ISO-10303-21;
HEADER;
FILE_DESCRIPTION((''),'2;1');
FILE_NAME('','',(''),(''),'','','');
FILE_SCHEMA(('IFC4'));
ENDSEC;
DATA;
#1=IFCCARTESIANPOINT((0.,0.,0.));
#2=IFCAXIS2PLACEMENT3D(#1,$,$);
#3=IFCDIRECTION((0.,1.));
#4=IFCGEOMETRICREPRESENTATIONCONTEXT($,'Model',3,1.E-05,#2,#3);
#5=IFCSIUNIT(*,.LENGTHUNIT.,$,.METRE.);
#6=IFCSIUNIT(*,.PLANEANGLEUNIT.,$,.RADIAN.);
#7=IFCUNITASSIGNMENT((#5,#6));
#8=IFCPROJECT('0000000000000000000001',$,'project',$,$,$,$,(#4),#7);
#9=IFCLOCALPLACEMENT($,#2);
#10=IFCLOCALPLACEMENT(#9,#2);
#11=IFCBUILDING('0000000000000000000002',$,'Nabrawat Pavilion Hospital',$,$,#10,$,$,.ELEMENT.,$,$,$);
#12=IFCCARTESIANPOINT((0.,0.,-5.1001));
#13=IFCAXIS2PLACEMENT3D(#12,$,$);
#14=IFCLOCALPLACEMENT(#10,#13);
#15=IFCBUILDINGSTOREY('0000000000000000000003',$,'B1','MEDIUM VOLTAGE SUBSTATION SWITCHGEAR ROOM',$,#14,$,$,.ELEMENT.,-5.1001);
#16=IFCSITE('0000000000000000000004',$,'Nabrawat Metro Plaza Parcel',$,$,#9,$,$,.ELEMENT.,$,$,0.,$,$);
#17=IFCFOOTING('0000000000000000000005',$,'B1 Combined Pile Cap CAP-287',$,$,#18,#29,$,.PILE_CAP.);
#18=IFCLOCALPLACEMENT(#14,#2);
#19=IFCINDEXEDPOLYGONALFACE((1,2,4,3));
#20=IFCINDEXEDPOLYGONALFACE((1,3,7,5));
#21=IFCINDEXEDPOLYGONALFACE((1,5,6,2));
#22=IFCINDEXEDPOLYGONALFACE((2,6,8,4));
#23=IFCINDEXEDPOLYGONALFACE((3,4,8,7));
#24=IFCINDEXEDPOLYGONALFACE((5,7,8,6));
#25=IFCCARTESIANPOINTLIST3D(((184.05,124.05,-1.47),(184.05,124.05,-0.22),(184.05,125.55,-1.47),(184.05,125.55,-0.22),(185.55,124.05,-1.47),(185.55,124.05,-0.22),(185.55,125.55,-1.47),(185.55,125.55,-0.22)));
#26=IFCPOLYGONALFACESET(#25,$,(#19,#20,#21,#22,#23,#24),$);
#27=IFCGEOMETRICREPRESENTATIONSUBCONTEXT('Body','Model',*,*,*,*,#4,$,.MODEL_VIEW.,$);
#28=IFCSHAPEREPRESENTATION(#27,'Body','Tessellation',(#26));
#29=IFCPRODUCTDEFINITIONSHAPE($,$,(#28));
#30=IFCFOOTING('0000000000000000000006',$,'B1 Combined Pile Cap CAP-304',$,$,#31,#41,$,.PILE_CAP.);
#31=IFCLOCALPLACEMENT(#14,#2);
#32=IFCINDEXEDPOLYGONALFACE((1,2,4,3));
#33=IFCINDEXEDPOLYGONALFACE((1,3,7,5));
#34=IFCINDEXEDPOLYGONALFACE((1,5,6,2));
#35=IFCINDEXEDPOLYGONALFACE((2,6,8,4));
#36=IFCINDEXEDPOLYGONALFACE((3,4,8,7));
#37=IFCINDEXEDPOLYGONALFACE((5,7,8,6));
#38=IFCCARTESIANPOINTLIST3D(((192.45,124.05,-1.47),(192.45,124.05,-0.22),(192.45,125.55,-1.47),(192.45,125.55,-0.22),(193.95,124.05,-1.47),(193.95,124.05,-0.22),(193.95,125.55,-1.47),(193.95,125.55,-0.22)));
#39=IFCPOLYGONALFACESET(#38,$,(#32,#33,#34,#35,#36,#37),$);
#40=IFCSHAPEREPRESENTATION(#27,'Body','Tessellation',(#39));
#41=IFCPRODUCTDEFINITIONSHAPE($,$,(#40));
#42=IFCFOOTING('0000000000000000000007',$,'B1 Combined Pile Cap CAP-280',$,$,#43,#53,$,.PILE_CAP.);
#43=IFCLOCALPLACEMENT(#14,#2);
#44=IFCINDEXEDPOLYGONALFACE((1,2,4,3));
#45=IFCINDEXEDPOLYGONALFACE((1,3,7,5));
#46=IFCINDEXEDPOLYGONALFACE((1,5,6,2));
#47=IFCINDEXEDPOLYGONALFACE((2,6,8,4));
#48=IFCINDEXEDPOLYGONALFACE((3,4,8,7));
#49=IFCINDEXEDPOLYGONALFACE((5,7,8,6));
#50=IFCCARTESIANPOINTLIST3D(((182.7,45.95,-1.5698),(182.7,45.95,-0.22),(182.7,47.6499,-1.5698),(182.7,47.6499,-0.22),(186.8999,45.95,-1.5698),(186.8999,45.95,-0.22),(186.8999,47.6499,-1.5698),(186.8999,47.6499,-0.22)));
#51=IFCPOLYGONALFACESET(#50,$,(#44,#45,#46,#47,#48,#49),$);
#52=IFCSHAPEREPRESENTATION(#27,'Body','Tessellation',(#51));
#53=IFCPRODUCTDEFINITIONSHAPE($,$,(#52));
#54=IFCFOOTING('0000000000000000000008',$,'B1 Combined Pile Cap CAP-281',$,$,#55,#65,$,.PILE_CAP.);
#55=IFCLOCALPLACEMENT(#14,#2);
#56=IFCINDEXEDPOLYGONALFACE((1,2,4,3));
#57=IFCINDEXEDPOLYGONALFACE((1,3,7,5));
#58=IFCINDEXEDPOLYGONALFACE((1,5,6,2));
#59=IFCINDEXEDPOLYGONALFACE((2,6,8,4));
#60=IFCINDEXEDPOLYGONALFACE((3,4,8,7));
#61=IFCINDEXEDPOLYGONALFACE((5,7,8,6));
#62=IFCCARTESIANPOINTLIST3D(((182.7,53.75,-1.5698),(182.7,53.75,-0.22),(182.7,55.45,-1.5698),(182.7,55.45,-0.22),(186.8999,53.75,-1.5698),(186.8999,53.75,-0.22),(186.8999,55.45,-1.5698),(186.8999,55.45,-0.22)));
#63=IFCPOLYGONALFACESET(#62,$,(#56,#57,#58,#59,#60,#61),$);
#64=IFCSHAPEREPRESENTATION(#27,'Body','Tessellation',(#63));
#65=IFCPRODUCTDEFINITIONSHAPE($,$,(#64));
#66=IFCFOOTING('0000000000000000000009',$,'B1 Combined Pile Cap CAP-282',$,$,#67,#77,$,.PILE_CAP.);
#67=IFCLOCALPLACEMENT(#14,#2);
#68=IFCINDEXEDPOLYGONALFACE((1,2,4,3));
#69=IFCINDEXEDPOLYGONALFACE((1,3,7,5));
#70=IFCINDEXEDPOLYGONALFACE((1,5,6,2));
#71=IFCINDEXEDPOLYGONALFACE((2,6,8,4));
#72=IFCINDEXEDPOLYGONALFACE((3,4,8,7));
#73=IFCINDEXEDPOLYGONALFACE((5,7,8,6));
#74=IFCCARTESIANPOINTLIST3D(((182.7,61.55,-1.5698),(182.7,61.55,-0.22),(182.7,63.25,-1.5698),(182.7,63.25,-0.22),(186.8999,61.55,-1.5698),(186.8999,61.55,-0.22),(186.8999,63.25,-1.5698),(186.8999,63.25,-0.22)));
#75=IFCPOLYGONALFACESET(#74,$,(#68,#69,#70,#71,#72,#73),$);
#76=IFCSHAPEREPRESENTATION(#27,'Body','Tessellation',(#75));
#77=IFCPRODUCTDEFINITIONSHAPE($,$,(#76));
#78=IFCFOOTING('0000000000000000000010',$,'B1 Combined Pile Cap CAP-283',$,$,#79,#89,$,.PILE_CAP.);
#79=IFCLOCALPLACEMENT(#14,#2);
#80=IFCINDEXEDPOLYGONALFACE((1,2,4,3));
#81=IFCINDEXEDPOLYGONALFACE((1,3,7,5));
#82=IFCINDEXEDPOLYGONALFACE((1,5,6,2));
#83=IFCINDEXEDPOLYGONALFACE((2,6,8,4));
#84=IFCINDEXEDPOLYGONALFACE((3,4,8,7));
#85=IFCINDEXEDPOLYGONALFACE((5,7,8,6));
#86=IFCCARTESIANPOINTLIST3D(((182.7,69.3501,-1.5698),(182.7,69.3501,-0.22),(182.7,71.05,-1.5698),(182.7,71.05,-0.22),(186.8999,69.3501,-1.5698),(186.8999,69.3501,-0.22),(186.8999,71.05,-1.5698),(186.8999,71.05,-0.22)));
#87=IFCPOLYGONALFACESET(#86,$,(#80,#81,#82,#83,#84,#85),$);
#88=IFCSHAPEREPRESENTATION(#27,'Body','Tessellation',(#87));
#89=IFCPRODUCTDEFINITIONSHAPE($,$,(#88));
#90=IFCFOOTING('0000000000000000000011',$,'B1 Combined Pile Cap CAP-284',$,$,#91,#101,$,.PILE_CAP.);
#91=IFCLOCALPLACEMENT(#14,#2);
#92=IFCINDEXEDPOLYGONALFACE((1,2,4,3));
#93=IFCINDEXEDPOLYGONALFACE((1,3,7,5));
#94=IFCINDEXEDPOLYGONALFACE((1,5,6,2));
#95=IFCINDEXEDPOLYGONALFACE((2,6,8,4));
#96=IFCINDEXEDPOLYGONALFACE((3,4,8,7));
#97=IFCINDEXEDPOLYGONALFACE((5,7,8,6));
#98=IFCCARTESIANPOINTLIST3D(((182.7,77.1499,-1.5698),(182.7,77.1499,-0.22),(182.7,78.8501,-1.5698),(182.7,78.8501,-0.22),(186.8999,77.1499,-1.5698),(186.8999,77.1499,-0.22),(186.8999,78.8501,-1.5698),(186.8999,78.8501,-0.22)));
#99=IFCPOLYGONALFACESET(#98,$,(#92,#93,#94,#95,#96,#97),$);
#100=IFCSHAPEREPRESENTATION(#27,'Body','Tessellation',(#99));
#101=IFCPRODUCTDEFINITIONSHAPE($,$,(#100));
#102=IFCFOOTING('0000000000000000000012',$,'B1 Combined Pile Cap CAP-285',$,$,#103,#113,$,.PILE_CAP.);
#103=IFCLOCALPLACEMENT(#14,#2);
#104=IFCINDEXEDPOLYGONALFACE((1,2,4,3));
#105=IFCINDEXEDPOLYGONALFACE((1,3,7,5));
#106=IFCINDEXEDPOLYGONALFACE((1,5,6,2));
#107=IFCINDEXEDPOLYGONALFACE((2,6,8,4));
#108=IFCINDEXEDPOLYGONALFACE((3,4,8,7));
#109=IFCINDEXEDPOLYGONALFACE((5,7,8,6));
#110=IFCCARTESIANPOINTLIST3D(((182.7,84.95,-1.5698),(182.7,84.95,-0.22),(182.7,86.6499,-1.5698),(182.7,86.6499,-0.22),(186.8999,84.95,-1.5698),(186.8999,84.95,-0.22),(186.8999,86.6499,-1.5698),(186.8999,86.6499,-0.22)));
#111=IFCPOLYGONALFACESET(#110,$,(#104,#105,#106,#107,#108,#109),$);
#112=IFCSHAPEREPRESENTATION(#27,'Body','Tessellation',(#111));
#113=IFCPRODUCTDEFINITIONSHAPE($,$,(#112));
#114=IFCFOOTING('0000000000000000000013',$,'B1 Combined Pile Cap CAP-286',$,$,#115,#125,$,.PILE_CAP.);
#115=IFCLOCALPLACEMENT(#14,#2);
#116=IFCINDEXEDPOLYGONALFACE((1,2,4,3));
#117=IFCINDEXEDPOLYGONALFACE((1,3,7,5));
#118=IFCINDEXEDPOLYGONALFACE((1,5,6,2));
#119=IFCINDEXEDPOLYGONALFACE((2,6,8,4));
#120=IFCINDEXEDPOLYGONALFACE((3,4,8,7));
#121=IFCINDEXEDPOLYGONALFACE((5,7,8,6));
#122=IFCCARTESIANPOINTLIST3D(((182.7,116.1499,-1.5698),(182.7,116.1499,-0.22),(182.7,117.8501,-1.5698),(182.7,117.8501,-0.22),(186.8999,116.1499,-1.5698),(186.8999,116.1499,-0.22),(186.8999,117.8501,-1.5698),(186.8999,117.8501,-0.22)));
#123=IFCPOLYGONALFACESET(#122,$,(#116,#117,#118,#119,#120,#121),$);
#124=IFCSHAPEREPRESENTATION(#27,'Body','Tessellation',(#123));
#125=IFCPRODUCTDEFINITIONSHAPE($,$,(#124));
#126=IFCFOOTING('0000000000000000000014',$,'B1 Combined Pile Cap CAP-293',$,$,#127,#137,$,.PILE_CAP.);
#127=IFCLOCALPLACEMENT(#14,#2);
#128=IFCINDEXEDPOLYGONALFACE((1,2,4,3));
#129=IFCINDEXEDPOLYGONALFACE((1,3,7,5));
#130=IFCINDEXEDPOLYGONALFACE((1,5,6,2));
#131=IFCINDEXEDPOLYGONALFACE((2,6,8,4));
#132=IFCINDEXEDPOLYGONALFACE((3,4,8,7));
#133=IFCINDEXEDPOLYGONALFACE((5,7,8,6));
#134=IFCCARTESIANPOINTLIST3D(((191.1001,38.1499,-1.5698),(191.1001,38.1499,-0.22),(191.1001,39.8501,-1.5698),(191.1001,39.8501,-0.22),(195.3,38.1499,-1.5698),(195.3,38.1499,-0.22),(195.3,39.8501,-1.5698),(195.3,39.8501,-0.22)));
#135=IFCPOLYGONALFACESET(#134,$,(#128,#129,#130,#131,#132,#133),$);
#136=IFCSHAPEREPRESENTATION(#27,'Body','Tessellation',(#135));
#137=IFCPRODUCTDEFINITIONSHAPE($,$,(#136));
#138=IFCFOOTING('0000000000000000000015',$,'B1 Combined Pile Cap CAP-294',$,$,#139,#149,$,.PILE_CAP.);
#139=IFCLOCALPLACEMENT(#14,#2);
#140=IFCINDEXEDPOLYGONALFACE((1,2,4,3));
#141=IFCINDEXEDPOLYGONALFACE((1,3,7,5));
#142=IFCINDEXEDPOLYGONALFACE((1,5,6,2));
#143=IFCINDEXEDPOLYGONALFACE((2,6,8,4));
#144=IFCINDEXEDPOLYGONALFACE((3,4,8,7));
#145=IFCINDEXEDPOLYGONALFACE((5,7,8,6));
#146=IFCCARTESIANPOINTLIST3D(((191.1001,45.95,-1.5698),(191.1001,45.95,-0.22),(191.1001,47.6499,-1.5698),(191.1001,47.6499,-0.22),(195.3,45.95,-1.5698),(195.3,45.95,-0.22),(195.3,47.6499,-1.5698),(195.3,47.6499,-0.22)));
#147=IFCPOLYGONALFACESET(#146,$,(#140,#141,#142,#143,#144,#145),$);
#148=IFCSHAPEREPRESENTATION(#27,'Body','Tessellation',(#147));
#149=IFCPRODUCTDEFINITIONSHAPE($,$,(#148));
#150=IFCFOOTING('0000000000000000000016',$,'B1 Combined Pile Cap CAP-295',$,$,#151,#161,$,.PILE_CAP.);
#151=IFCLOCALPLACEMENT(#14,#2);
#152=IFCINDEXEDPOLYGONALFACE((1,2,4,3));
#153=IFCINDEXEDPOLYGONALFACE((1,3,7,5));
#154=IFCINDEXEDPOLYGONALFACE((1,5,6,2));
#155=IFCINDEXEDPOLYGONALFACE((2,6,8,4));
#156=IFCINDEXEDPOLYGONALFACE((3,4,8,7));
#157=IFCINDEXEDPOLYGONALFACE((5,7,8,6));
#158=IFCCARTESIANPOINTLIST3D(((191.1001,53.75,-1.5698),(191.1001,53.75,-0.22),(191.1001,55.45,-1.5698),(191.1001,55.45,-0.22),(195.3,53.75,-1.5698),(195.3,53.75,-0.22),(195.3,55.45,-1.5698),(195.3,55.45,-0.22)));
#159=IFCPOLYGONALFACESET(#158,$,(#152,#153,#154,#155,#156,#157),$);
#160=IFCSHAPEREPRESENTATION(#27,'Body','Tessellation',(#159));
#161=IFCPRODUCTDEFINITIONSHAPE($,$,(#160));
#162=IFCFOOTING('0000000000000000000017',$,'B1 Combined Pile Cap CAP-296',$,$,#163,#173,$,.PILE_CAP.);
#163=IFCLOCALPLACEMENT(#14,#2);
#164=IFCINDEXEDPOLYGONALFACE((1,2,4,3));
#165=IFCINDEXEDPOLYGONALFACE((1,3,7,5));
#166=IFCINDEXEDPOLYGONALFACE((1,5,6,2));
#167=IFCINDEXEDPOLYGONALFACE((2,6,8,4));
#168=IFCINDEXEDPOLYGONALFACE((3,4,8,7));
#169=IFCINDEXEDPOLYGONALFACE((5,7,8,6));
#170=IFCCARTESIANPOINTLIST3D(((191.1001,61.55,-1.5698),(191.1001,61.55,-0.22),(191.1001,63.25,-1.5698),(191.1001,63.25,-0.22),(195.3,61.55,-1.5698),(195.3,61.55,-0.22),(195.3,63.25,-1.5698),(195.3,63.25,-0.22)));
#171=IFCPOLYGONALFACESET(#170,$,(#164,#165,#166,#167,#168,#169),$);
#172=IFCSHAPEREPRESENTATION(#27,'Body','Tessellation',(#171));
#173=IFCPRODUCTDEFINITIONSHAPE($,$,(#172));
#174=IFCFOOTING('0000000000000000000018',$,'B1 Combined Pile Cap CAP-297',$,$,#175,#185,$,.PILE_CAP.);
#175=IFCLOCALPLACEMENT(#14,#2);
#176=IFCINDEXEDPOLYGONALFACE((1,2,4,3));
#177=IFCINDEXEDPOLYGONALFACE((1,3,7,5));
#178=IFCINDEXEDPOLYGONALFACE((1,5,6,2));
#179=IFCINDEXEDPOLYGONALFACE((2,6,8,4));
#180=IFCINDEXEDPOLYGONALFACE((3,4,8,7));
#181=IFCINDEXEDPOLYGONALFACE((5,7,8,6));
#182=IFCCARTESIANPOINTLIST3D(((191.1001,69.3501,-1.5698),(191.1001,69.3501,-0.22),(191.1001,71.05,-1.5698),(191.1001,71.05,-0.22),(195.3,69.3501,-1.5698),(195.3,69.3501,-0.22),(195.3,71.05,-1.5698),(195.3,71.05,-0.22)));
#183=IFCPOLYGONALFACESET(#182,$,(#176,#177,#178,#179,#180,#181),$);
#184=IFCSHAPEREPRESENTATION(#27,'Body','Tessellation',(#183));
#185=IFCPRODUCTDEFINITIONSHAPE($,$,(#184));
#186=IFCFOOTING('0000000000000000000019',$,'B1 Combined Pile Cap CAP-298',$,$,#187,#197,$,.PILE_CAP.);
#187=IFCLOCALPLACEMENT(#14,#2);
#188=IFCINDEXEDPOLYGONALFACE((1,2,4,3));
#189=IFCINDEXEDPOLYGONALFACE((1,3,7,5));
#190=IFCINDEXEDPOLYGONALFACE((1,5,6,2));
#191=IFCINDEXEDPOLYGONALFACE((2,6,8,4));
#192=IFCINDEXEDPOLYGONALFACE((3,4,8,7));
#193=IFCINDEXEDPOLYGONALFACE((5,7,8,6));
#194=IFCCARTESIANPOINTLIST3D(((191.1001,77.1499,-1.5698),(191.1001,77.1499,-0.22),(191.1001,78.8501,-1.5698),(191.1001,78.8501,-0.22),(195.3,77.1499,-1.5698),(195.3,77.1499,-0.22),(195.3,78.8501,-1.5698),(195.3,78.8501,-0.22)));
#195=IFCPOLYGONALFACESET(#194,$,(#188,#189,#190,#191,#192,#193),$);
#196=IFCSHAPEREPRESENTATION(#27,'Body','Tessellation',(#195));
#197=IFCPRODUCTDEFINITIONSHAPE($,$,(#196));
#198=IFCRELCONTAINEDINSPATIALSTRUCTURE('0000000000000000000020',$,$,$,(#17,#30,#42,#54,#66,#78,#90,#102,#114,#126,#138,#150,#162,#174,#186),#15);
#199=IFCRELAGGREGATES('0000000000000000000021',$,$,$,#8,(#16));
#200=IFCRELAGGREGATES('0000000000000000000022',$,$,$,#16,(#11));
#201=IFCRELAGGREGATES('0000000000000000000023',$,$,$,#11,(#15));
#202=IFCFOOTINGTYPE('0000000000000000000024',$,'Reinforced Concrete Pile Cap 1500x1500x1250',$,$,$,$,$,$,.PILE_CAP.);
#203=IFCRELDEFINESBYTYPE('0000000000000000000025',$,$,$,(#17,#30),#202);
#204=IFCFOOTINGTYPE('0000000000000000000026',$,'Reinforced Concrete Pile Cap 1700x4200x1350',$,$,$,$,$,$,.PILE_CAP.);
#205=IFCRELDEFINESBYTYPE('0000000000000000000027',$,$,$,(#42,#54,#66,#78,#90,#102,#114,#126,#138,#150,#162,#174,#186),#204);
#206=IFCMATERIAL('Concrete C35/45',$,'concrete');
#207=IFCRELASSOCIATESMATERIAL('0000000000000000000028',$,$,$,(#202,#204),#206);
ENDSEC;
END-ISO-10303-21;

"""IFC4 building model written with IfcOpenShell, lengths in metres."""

from ifc_helpers import new_model, si_unit, direction, frame, origin, place, context, subcontext, project, spatial, polyline, outline, extrude, material, type_object, element, save


model = new_model("IFC4")

# Units and contexts
model_context = context("Model", 3, precision=1e-05, world=origin(), true_north=direction((0.0, 1.0)))
body_context = subcontext(model_context, "Body", "Model", "MODEL_VIEW")
ifc_project = project(units=[si_unit("LENGTHUNIT", "METRE"), si_unit("PLANEANGLEUNIT", "RADIAN")], contexts=[model_context])

# Site, building, storey
site_placement = place(None, origin())
site = spatial("IfcSite", under=ifc_project, at=site_placement, Name="Nabrawat Metro Plaza Parcel", CompositionType="ELEMENT", RefElevation=0.0)
building_placement = place(site_placement, origin())
building = spatial("IfcBuilding", under=site, at=building_placement, Name="Nabrawat Pavilion Hospital", CompositionType="ELEMENT")
storey_placement = place(building_placement, frame((0.0, 0.0, -5.1001)))
storey = spatial("IfcBuildingStorey", under=building, at=storey_placement, Name="B1", Description="MEDIUM VOLTAGE SUBSTATION SWITCHGEAR ROOM", CompositionType="ELEMENT", Elevation=-5.1001)

# Footings
ifc_material = material(Name="Concrete C35/45", Category="concrete")
footing_type_1 = type_object("IfcFootingType", Name="Reinforced Concrete Pile Cap 1500x1500x1250", PredefinedType="PILE_CAP", material=ifc_material)
footing_1_placement = place(storey_placement, frame((0.0, 0.0, -1.47)))
element("IfcFooting", 1, at=footing_1_placement, inside=storey, type_object=footing_type_1, Name="B1 Combined Pile Cap CAP-287", PredefinedType="PILE_CAP", context=body_context, shape_type="SweptSolid", body=[
    extrude(outline(polyline([(185.55, 124.05), (185.55, 125.55), (184.05, 125.55), (184.05, 124.05), (185.55, 124.05)])), origin(), (0.0, 0.0, 1.0), 1.25),
])
footing_2_placement = place(storey_placement, frame((0.0, 0.0, -1.47)))
element("IfcFooting", 2, at=footing_2_placement, inside=storey, type_object=footing_type_1, Name="B1 Combined Pile Cap CAP-304", PredefinedType="PILE_CAP", context=body_context, shape_type="SweptSolid", body=[
    extrude(outline(polyline([(193.95, 124.05), (193.95, 125.55), (192.45, 125.55), (192.45, 124.05), (193.95, 124.05)])), origin(), (0.0, 0.0, 1.0), 1.25),
])
footing_type_2 = type_object("IfcFootingType", Name="Reinforced Concrete Pile Cap 1700x4200x1350", PredefinedType="PILE_CAP", material=ifc_material)
footing_3_placement = place(storey_placement, frame((0.0, 0.0, -1.5698)))
element("IfcFooting", 3, at=footing_3_placement, inside=storey, type_object=footing_type_2, Name="B1 Combined Pile Cap CAP-280", PredefinedType="PILE_CAP", context=body_context, shape_type="SweptSolid", body=[
    extrude(outline(polyline([(186.8999, 45.95), (186.8999, 47.6499), (182.7, 47.6499), (182.7, 45.95), (186.8999, 45.95)])), origin(), (0.0, 0.0, 1.0), 1.3499),
])
footing_4_placement = place(storey_placement, frame((0.0, 0.0, -1.5698)))
element("IfcFooting", 4, at=footing_4_placement, inside=storey, type_object=footing_type_2, Name="B1 Combined Pile Cap CAP-281", PredefinedType="PILE_CAP", context=body_context, shape_type="SweptSolid", body=[
    extrude(outline(polyline([(186.8999, 53.75), (186.8999, 55.45), (182.7, 55.45), (182.7, 53.75), (186.8999, 53.75)])), origin(), (0.0, 0.0, 1.0), 1.3499),
])
footing_5_placement = place(storey_placement, frame((0.0, 0.0, -1.5698)))
element("IfcFooting", 5, at=footing_5_placement, inside=storey, type_object=footing_type_2, Name="B1 Combined Pile Cap CAP-282", PredefinedType="PILE_CAP", context=body_context, shape_type="SweptSolid", body=[
    extrude(outline(polyline([(186.8999, 61.55), (186.8999, 63.25), (182.7, 63.25), (182.7, 61.55), (186.8999, 61.55)])), origin(), (0.0, 0.0, 1.0), 1.3499),
])
footing_6_placement = place(storey_placement, frame((0.0, 0.0, -1.5698)))
element("IfcFooting", 6, at=footing_6_placement, inside=storey, type_object=footing_type_2, Name="B1 Combined Pile Cap CAP-283", PredefinedType="PILE_CAP", context=body_context, shape_type="SweptSolid", body=[
    extrude(outline(polyline([(186.8999, 69.3501), (186.8999, 71.05), (182.7, 71.05), (182.7, 69.3501), (186.8999, 69.3501)])), origin(), (0.0, 0.0, 1.0), 1.3499),
])
footing_7_placement = place(storey_placement, frame((0.0, 0.0, -1.5698)))
element("IfcFooting", 7, at=footing_7_placement, inside=storey, type_object=footing_type_2, Name="B1 Combined Pile Cap CAP-284", PredefinedType="PILE_CAP", context=body_context, shape_type="SweptSolid", body=[
    extrude(outline(polyline([(186.8999, 77.1499), (186.8999, 78.8501), (182.7, 78.8501), (182.7, 77.1499), (186.8999, 77.1499)])), origin(), (0.0, 0.0, 1.0), 1.3499),
])
footing_8_placement = place(storey_placement, frame((0.0, 0.0, -1.5698)))
element("IfcFooting", 8, at=footing_8_placement, inside=storey, type_object=footing_type_2, Name="B1 Combined Pile Cap CAP-285", PredefinedType="PILE_CAP", context=body_context, shape_type="SweptSolid", body=[
    extrude(outline(polyline([(186.8999, 84.95), (186.8999, 86.6499), (182.7, 86.6499), (182.7, 84.95), (186.8999, 84.95)])), origin(), (0.0, 0.0, 1.0), 1.3499),
])
footing_9_placement = place(storey_placement, frame((0.0, 0.0, -1.5698)))
element("IfcFooting", 9, at=footing_9_placement, inside=storey, type_object=footing_type_2, Name="B1 Combined Pile Cap CAP-286", PredefinedType="PILE_CAP", context=body_context, shape_type="SweptSolid", body=[
    extrude(outline(polyline([(186.8999, 116.1499), (186.8999, 117.8501), (182.7, 117.8501), (182.7, 116.1499), (186.8999, 116.1499)])), origin(), (0.0, 0.0, 1.0), 1.3499),
])
footing_10_placement = place(storey_placement, frame((0.0, 0.0, -1.5698)))
element("IfcFooting", 10, at=footing_10_placement, inside=storey, type_object=footing_type_2, Name="B1 Combined Pile Cap CAP-293", PredefinedType="PILE_CAP", context=body_context, shape_type="SweptSolid", body=[
    extrude(outline(polyline([(195.3, 38.1499), (195.3, 39.8501), (191.1001, 39.8501), (191.1001, 38.1499), (195.3, 38.1499)])), origin(), (0.0, 0.0, 1.0), 1.3499),
])
footing_11_placement = place(storey_placement, frame((0.0, 0.0, -1.5698)))
element("IfcFooting", 11, at=footing_11_placement, inside=storey, type_object=footing_type_2, Name="B1 Combined Pile Cap CAP-294", PredefinedType="PILE_CAP", context=body_context, shape_type="SweptSolid", body=[
    extrude(outline(polyline([(195.3, 45.95), (195.3, 47.6499), (191.1001, 47.6499), (191.1001, 45.95), (195.3, 45.95)])), origin(), (0.0, 0.0, 1.0), 1.3499),
])
footing_12_placement = place(storey_placement, frame((0.0, 0.0, -1.5698)))
element("IfcFooting", 12, at=footing_12_placement, inside=storey, type_object=footing_type_2, Name="B1 Combined Pile Cap CAP-295", PredefinedType="PILE_CAP", context=body_context, shape_type="SweptSolid", body=[
    extrude(outline(polyline([(195.3, 53.75), (195.3, 55.45), (191.1001, 55.45), (191.1001, 53.75), (195.3, 53.75)])), origin(), (0.0, 0.0, 1.0), 1.3499),
])
footing_13_placement = place(storey_placement, frame((0.0, 0.0, -1.5698)))
element("IfcFooting", 13, at=footing_13_placement, inside=storey, type_object=footing_type_2, Name="B1 Combined Pile Cap CAP-296", PredefinedType="PILE_CAP", context=body_context, shape_type="SweptSolid", body=[
    extrude(outline(polyline([(195.3, 61.55), (195.3, 63.25), (191.1001, 63.25), (191.1001, 61.55), (195.3, 61.55)])), origin(), (0.0, 0.0, 1.0), 1.3499),
])
footing_14_placement = place(storey_placement, frame((0.0, 0.0, -1.5698)))
element("IfcFooting", 14, at=footing_14_placement, inside=storey, type_object=footing_type_2, Name="B1 Combined Pile Cap CAP-297", PredefinedType="PILE_CAP", context=body_context, shape_type="SweptSolid", body=[
    extrude(outline(polyline([(195.3, 69.3501), (195.3, 71.05), (191.1001, 71.05), (191.1001, 69.3501), (195.3, 69.3501)])), origin(), (0.0, 0.0, 1.0), 1.3499),
])
footing_15_placement = place(storey_placement, frame((0.0, 0.0, -1.5698)))
element("IfcFooting", 15, at=footing_15_placement, inside=storey, type_object=footing_type_2, Name="B1 Combined Pile Cap CAP-298", PredefinedType="PILE_CAP", context=body_context, shape_type="SweptSolid", body=[
    extrude(outline(polyline([(195.3, 77.1499), (195.3, 78.8501), (191.1001, 78.8501), (191.1001, 77.1499), (195.3, 77.1499)])), origin(), (0.0, 0.0, 1.0), 1.3499),
])

save(model, "model.ifc")
